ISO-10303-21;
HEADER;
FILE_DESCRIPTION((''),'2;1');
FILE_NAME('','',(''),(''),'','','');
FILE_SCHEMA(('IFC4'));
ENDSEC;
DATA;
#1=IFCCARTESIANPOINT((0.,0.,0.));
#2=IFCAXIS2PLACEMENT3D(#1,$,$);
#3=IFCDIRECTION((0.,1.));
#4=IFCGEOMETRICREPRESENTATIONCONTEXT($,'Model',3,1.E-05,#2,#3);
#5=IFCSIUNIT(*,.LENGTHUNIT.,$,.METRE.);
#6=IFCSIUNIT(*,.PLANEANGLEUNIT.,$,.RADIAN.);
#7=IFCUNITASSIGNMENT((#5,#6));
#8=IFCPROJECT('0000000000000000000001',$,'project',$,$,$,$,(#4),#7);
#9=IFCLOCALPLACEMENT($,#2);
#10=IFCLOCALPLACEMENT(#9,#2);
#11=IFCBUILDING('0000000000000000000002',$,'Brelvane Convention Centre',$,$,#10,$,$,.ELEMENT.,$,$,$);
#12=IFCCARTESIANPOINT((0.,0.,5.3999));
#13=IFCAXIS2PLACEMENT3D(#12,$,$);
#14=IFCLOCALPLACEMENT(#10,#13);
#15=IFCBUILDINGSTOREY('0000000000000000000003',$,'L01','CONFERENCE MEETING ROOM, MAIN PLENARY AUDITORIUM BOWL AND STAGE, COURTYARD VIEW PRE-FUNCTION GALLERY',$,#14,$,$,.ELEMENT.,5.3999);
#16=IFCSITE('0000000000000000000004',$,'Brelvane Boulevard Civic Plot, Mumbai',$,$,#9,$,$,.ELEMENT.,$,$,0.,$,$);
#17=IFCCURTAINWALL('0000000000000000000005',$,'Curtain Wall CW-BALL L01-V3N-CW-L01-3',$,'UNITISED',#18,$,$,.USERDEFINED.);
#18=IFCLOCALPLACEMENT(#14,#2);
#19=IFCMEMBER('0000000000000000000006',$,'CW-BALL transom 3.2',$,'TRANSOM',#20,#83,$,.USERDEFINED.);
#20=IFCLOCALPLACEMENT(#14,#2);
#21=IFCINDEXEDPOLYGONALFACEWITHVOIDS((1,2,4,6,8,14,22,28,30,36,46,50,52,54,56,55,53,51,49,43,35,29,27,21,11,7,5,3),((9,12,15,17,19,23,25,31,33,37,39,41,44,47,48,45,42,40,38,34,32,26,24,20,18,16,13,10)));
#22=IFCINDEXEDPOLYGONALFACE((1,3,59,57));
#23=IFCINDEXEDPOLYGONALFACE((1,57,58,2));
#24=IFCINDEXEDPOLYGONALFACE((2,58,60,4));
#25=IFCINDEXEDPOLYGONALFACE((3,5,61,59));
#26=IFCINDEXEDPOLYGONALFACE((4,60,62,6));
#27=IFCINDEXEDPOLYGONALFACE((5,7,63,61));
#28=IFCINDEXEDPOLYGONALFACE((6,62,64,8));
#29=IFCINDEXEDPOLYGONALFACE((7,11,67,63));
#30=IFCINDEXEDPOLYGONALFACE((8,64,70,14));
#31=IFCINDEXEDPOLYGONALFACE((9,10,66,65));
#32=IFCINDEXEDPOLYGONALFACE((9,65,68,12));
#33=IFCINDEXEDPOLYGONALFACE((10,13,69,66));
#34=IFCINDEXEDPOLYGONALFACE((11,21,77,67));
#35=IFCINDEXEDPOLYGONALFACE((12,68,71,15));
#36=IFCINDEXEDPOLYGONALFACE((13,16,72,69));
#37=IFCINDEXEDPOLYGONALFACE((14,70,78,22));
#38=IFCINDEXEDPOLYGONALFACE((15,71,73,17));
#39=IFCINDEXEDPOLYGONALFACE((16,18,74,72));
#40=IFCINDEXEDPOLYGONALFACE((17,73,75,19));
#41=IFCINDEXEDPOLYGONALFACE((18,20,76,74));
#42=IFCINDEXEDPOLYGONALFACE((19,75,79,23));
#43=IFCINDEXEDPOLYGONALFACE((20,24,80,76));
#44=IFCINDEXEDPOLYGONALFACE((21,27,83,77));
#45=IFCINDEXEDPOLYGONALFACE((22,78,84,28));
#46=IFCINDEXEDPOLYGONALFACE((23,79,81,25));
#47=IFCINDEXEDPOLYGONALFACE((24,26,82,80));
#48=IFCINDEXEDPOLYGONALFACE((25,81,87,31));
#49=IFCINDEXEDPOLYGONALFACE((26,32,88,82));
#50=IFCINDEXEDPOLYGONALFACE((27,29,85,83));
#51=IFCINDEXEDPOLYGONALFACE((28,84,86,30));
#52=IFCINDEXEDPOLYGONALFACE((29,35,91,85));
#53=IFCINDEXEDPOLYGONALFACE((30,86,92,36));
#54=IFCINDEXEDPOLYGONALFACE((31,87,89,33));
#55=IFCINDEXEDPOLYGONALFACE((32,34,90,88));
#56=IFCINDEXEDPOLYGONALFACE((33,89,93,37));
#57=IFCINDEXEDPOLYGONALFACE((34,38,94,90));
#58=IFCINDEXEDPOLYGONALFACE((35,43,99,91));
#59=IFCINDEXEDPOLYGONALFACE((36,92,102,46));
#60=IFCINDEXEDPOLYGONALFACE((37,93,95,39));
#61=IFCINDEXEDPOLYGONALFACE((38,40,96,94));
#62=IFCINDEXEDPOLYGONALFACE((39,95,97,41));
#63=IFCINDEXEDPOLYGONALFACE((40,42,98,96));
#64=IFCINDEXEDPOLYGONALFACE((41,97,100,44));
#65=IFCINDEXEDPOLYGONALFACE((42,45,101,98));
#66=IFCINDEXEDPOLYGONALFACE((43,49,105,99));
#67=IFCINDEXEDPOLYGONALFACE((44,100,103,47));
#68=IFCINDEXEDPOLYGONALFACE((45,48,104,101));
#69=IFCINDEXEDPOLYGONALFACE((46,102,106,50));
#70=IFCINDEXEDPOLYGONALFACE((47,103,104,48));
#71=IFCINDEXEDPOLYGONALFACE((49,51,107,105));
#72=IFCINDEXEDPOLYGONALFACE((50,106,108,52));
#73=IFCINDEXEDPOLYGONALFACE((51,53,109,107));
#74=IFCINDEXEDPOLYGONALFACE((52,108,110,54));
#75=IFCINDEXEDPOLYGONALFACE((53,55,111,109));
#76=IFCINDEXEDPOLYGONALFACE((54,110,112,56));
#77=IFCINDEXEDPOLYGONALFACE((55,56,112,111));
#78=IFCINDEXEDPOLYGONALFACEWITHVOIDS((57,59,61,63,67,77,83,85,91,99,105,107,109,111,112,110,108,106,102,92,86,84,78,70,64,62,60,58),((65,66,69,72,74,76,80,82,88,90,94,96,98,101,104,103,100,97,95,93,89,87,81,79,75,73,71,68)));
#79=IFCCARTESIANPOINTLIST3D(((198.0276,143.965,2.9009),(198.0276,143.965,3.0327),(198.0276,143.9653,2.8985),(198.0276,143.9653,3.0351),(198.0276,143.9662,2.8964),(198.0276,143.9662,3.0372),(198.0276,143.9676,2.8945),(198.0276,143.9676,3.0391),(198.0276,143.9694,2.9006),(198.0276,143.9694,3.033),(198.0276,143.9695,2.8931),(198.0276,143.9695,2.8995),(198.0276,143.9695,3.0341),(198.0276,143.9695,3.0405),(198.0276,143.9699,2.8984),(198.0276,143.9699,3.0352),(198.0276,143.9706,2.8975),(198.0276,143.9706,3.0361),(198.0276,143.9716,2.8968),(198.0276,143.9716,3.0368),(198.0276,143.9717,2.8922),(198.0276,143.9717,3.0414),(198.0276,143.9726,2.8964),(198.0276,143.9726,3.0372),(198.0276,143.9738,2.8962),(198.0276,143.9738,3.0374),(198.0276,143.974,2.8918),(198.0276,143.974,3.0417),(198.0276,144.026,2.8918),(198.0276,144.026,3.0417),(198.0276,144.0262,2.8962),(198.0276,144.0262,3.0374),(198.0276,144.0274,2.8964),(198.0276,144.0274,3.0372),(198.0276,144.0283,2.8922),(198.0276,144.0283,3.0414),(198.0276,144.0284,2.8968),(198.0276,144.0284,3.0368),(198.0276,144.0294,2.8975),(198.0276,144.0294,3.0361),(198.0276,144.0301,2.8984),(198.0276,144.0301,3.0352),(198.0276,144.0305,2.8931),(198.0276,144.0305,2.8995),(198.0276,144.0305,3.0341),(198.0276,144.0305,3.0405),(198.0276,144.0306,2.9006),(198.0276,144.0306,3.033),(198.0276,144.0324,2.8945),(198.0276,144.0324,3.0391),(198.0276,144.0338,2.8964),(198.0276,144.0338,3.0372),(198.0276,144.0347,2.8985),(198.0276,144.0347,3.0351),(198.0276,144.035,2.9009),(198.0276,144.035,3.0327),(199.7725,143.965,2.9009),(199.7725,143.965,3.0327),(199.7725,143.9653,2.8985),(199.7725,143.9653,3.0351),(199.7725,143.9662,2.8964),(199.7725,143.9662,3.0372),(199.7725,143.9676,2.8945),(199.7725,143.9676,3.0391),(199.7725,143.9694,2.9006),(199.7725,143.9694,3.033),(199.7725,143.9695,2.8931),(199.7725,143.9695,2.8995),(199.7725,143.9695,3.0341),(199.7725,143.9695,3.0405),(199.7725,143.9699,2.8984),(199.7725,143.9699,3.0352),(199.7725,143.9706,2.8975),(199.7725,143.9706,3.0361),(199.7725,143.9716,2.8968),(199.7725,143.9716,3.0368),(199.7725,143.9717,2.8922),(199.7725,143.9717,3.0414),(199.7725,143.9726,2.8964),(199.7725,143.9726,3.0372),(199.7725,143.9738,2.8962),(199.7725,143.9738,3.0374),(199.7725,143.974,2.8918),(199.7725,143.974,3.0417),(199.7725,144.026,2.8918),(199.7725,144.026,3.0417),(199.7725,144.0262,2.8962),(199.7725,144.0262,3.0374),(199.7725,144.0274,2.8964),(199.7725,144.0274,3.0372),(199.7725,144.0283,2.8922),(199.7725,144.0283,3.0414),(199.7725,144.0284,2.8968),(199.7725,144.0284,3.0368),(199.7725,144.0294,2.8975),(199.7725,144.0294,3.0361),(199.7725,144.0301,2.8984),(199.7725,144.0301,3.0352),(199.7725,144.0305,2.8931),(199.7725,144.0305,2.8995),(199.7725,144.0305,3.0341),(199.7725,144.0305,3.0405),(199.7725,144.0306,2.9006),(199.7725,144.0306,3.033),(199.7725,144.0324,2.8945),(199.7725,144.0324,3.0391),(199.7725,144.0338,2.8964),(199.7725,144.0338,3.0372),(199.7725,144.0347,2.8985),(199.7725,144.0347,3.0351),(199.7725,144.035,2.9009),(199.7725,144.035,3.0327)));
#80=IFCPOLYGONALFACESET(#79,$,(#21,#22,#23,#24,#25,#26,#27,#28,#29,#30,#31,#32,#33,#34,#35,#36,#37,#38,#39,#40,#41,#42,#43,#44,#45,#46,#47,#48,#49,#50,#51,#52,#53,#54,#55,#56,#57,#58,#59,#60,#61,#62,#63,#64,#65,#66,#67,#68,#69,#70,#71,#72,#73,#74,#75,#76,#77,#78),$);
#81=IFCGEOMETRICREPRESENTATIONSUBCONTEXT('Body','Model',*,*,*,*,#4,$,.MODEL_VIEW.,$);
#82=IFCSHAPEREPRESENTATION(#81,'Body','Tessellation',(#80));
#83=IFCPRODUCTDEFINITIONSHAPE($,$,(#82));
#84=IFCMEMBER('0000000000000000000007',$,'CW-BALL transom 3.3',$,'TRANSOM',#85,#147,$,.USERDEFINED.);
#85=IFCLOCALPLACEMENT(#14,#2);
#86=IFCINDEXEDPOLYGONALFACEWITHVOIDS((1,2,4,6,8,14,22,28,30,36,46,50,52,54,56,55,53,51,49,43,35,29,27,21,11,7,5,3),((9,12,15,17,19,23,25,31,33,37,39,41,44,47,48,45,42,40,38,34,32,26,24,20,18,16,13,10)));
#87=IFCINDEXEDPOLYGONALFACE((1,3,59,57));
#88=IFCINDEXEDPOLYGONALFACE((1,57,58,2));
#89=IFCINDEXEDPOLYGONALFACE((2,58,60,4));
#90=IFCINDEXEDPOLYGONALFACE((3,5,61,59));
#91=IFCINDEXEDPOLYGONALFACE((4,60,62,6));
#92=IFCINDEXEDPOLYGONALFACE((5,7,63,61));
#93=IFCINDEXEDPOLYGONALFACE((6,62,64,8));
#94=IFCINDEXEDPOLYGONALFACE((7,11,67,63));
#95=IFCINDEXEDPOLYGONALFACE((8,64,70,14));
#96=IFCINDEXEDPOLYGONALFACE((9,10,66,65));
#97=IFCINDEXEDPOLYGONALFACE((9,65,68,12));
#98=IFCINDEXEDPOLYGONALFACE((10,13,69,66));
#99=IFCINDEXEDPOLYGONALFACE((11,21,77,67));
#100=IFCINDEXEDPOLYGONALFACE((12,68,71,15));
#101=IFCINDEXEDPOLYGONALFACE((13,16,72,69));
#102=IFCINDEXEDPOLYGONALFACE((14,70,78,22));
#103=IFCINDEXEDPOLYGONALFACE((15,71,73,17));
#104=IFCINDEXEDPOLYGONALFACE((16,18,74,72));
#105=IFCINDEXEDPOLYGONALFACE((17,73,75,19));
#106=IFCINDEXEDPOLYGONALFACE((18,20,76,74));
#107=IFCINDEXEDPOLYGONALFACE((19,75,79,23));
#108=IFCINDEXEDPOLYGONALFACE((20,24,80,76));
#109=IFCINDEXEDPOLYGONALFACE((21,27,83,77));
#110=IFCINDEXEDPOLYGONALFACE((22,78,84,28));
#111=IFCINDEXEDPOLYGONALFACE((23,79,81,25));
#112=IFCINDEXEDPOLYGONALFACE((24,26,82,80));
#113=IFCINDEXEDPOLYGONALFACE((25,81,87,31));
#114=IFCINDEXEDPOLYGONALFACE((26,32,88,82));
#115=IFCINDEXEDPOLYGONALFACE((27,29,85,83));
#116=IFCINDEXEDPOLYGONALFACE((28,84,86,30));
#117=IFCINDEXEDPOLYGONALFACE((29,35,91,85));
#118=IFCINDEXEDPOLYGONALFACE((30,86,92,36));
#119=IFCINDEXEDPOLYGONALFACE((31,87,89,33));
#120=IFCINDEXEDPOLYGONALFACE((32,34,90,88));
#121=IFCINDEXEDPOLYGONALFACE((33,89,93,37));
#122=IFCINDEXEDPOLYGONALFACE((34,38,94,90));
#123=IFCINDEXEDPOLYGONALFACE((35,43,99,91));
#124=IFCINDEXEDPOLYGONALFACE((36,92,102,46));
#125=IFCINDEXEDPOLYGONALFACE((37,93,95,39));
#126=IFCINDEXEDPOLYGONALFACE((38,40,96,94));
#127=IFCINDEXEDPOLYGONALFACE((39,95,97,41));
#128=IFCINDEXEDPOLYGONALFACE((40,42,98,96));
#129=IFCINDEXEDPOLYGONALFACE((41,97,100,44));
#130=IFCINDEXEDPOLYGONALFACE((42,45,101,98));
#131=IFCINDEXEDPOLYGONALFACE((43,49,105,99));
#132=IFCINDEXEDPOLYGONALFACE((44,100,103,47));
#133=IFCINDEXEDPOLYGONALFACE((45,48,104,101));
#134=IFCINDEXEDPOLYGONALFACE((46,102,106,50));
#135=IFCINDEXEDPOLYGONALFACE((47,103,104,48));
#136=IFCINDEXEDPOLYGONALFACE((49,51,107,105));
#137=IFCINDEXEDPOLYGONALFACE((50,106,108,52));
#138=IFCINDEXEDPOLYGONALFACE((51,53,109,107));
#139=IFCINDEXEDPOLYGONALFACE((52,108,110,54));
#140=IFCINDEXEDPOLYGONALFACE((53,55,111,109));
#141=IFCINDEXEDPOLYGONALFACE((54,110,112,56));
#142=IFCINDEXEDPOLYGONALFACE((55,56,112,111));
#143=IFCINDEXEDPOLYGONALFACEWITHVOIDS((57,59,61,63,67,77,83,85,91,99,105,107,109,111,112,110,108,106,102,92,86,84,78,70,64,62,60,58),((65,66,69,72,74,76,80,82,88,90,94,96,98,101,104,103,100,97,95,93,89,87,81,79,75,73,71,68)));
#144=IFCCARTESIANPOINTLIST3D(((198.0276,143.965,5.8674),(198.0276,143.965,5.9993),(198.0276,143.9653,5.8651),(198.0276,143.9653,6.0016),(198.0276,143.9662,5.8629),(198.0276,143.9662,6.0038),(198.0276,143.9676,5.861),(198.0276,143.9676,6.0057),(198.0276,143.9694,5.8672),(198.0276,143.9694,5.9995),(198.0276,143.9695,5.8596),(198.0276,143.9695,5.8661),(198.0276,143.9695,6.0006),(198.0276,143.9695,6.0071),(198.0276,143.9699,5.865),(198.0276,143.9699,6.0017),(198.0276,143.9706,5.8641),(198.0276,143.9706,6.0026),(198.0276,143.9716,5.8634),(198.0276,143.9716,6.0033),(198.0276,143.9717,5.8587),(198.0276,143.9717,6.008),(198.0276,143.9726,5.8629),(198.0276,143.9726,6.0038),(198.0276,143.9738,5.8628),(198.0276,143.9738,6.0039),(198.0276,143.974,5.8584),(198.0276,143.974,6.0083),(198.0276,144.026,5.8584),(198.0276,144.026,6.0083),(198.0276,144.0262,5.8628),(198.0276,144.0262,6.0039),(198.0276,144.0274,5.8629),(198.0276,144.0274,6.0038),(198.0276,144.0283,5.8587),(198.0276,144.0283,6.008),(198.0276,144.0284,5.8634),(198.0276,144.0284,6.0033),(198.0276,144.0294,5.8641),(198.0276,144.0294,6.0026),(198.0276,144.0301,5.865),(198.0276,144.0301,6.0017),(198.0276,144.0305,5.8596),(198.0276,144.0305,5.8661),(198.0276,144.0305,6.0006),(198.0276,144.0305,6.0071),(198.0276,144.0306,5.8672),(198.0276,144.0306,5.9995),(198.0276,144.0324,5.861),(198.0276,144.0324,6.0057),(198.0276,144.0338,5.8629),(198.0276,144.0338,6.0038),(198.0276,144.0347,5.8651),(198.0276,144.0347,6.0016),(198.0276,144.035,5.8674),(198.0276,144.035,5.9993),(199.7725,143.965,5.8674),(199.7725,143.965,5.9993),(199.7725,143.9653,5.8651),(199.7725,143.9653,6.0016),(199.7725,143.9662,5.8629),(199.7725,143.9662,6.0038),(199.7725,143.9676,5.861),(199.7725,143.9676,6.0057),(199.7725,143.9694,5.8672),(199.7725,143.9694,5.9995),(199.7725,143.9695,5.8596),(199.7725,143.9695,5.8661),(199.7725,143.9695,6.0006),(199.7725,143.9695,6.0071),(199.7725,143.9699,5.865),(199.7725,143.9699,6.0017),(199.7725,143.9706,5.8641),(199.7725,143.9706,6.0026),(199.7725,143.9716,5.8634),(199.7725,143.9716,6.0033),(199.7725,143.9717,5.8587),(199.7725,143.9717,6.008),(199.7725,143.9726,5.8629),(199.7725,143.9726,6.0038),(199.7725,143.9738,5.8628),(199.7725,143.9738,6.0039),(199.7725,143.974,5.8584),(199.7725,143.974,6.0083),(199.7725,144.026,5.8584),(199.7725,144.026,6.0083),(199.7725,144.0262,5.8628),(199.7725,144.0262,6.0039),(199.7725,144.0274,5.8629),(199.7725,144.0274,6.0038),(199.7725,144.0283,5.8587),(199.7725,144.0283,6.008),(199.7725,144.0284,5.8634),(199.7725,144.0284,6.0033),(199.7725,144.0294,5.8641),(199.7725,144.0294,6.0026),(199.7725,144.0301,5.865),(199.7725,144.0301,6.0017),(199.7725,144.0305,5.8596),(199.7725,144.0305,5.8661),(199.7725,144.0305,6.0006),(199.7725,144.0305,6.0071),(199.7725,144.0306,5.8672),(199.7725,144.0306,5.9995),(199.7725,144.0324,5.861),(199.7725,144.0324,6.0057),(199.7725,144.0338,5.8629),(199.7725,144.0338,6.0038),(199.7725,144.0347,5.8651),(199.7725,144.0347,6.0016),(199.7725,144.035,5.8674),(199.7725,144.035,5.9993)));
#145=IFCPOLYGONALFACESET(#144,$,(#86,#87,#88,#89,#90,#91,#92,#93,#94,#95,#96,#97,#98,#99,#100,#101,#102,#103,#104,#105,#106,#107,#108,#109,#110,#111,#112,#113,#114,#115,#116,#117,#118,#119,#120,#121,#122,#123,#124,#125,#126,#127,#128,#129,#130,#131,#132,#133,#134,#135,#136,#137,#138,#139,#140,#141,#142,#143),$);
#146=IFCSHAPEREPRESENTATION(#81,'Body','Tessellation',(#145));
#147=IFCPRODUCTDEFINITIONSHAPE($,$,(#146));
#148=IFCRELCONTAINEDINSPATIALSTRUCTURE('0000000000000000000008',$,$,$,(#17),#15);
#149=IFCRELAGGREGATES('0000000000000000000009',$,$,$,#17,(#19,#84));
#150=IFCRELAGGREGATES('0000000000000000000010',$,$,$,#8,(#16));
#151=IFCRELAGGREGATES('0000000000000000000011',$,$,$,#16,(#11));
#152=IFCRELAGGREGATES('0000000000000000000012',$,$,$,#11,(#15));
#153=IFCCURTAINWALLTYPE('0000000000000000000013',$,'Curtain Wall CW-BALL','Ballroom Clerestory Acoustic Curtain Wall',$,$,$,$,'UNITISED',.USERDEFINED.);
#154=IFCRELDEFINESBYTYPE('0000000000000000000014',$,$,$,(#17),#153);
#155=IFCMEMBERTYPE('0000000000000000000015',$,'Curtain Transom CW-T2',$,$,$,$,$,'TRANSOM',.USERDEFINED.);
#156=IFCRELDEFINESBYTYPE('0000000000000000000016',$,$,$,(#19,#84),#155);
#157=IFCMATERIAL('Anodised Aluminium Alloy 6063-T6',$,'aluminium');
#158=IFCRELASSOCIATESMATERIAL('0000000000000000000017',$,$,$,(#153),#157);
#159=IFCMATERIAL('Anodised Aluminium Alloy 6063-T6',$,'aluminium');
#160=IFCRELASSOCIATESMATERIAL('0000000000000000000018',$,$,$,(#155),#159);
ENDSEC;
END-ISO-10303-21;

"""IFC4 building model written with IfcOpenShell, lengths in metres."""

from ifc_helpers import new_model, si_unit, direction, frame, origin, origin_2d, place, context, subcontext, project, spatial, hollow_rectangle, extrude, material, material_profile, profile_set, type_object, element, aggregate, save


model = new_model("IFC4")

# Units and contexts
model_context = context("Model", 3, precision=1e-05, world=origin(), true_north=direction((0.0, 1.0)))
body_context = subcontext(model_context, "Body", "Model", "MODEL_VIEW")
ifc_project = project(units=[si_unit("LENGTHUNIT", "METRE"), si_unit("PLANEANGLEUNIT", "RADIAN")], contexts=[model_context])

# Site, building, storey
site_placement = place(None, origin())
site = spatial("IfcSite", under=ifc_project, at=site_placement, Name="Brelvane Boulevard Civic Plot, Mumbai", CompositionType="ELEMENT", RefElevation=0.0)
building_placement = place(site_placement, origin())
building = spatial("IfcBuilding", under=site, at=building_placement, Name="Brelvane Convention Centre", CompositionType="ELEMENT")
storey_placement = place(building_placement, frame((0.0, 0.0, 5.3999)))
storey = spatial("IfcBuildingStorey", under=building, at=storey_placement, Name="L01", Description="CONFERENCE MEETING ROOM, MAIN PLENARY AUDITORIUM BOWL AND STAGE, COURTYARD VIEW PRE-FUNCTION GALLERY", CompositionType="ELEMENT", Elevation=5.3999)

# Shared definitions
ifc_material_1 = material(Name="Anodised Aluminium Alloy 6063-T6", Category="aluminium")
curtain_wall_type = type_object("IfcCurtainWallType", Name="Curtain Wall CW-BALL", Description="Ballroom Clerestory Acoustic Curtain Wall", ElementType="UNITISED", PredefinedType="USERDEFINED", material=ifc_material_1)

# Curtain wall, members
curtain_wall_1_placement = place(storey_placement, origin())
curtain_wall_1 = element("IfcCurtainWall", 1, at=curtain_wall_1_placement, inside=storey, type_object=curtain_wall_type, Name="Curtain Wall CW-BALL L01-V3N-CW-L01-3", ObjectType="UNITISED", PredefinedType="USERDEFINED")
ifc_material_2 = material(Name="Anodised Aluminium Alloy 6063-T6", Category="aluminium")
ifc_material_profile_1 = material_profile(ifc_material_2, hollow_rectangle(XDim=0.0701, YDim=0.1499, WallThickness=0.0044, InnerFilletRadius=0.0044, OuterFilletRadius=0.009, at=origin_2d()), Name="ALU-T 150x70x4.5")
ifc_profile_set_1 = profile_set([ifc_material_profile_1], Name="Anodised Aluminium Alloy 6063-T6")
member_type_1 = type_object("IfcMemberType", Name="Curtain Transom CW-T2", ElementType="TRANSOM", PredefinedType="USERDEFINED", material=ifc_profile_set_1)
member_1_placement = place(storey_placement, frame((198.0276, 144.0, 2.9668), z_axis=(1.0, 0.0, 0.0), x_axis=(0.0, 1.0, 0.0)))
member_1 = element("IfcMember", 2, at=member_1_placement, type_object=member_type_1, Name="CW-BALL transom 3.2", ObjectType="TRANSOM", PredefinedType="USERDEFINED", context=body_context, shape_type="SweptSolid", body=[
    extrude(hollow_rectangle(XDim=0.0701, YDim=0.1499, WallThickness=0.0044, InnerFilletRadius=0.0044, OuterFilletRadius=0.009, at=origin_2d()), origin(), (0.0, 0.0, 1.0), 1.7449),
])
member_2_placement = place(storey_placement, frame((198.0276, 144.0, 5.9333), z_axis=(1.0, 0.0, 0.0), x_axis=(0.0, 1.0, 0.0)))
member_2 = element("IfcMember", 3, at=member_2_placement, type_object=member_type_1, Name="CW-BALL transom 3.3", ObjectType="TRANSOM", PredefinedType="USERDEFINED", context=body_context, shape_type="SweptSolid", body=[
    extrude(hollow_rectangle(XDim=0.0701, YDim=0.1499, WallThickness=0.0044, InnerFilletRadius=0.0044, OuterFilletRadius=0.009, at=origin_2d()), origin(), (0.0, 0.0, 1.0), 1.7449),
])
aggregate(curtain_wall_1, [member_1, member_2])

save(model, "model.ifc")
